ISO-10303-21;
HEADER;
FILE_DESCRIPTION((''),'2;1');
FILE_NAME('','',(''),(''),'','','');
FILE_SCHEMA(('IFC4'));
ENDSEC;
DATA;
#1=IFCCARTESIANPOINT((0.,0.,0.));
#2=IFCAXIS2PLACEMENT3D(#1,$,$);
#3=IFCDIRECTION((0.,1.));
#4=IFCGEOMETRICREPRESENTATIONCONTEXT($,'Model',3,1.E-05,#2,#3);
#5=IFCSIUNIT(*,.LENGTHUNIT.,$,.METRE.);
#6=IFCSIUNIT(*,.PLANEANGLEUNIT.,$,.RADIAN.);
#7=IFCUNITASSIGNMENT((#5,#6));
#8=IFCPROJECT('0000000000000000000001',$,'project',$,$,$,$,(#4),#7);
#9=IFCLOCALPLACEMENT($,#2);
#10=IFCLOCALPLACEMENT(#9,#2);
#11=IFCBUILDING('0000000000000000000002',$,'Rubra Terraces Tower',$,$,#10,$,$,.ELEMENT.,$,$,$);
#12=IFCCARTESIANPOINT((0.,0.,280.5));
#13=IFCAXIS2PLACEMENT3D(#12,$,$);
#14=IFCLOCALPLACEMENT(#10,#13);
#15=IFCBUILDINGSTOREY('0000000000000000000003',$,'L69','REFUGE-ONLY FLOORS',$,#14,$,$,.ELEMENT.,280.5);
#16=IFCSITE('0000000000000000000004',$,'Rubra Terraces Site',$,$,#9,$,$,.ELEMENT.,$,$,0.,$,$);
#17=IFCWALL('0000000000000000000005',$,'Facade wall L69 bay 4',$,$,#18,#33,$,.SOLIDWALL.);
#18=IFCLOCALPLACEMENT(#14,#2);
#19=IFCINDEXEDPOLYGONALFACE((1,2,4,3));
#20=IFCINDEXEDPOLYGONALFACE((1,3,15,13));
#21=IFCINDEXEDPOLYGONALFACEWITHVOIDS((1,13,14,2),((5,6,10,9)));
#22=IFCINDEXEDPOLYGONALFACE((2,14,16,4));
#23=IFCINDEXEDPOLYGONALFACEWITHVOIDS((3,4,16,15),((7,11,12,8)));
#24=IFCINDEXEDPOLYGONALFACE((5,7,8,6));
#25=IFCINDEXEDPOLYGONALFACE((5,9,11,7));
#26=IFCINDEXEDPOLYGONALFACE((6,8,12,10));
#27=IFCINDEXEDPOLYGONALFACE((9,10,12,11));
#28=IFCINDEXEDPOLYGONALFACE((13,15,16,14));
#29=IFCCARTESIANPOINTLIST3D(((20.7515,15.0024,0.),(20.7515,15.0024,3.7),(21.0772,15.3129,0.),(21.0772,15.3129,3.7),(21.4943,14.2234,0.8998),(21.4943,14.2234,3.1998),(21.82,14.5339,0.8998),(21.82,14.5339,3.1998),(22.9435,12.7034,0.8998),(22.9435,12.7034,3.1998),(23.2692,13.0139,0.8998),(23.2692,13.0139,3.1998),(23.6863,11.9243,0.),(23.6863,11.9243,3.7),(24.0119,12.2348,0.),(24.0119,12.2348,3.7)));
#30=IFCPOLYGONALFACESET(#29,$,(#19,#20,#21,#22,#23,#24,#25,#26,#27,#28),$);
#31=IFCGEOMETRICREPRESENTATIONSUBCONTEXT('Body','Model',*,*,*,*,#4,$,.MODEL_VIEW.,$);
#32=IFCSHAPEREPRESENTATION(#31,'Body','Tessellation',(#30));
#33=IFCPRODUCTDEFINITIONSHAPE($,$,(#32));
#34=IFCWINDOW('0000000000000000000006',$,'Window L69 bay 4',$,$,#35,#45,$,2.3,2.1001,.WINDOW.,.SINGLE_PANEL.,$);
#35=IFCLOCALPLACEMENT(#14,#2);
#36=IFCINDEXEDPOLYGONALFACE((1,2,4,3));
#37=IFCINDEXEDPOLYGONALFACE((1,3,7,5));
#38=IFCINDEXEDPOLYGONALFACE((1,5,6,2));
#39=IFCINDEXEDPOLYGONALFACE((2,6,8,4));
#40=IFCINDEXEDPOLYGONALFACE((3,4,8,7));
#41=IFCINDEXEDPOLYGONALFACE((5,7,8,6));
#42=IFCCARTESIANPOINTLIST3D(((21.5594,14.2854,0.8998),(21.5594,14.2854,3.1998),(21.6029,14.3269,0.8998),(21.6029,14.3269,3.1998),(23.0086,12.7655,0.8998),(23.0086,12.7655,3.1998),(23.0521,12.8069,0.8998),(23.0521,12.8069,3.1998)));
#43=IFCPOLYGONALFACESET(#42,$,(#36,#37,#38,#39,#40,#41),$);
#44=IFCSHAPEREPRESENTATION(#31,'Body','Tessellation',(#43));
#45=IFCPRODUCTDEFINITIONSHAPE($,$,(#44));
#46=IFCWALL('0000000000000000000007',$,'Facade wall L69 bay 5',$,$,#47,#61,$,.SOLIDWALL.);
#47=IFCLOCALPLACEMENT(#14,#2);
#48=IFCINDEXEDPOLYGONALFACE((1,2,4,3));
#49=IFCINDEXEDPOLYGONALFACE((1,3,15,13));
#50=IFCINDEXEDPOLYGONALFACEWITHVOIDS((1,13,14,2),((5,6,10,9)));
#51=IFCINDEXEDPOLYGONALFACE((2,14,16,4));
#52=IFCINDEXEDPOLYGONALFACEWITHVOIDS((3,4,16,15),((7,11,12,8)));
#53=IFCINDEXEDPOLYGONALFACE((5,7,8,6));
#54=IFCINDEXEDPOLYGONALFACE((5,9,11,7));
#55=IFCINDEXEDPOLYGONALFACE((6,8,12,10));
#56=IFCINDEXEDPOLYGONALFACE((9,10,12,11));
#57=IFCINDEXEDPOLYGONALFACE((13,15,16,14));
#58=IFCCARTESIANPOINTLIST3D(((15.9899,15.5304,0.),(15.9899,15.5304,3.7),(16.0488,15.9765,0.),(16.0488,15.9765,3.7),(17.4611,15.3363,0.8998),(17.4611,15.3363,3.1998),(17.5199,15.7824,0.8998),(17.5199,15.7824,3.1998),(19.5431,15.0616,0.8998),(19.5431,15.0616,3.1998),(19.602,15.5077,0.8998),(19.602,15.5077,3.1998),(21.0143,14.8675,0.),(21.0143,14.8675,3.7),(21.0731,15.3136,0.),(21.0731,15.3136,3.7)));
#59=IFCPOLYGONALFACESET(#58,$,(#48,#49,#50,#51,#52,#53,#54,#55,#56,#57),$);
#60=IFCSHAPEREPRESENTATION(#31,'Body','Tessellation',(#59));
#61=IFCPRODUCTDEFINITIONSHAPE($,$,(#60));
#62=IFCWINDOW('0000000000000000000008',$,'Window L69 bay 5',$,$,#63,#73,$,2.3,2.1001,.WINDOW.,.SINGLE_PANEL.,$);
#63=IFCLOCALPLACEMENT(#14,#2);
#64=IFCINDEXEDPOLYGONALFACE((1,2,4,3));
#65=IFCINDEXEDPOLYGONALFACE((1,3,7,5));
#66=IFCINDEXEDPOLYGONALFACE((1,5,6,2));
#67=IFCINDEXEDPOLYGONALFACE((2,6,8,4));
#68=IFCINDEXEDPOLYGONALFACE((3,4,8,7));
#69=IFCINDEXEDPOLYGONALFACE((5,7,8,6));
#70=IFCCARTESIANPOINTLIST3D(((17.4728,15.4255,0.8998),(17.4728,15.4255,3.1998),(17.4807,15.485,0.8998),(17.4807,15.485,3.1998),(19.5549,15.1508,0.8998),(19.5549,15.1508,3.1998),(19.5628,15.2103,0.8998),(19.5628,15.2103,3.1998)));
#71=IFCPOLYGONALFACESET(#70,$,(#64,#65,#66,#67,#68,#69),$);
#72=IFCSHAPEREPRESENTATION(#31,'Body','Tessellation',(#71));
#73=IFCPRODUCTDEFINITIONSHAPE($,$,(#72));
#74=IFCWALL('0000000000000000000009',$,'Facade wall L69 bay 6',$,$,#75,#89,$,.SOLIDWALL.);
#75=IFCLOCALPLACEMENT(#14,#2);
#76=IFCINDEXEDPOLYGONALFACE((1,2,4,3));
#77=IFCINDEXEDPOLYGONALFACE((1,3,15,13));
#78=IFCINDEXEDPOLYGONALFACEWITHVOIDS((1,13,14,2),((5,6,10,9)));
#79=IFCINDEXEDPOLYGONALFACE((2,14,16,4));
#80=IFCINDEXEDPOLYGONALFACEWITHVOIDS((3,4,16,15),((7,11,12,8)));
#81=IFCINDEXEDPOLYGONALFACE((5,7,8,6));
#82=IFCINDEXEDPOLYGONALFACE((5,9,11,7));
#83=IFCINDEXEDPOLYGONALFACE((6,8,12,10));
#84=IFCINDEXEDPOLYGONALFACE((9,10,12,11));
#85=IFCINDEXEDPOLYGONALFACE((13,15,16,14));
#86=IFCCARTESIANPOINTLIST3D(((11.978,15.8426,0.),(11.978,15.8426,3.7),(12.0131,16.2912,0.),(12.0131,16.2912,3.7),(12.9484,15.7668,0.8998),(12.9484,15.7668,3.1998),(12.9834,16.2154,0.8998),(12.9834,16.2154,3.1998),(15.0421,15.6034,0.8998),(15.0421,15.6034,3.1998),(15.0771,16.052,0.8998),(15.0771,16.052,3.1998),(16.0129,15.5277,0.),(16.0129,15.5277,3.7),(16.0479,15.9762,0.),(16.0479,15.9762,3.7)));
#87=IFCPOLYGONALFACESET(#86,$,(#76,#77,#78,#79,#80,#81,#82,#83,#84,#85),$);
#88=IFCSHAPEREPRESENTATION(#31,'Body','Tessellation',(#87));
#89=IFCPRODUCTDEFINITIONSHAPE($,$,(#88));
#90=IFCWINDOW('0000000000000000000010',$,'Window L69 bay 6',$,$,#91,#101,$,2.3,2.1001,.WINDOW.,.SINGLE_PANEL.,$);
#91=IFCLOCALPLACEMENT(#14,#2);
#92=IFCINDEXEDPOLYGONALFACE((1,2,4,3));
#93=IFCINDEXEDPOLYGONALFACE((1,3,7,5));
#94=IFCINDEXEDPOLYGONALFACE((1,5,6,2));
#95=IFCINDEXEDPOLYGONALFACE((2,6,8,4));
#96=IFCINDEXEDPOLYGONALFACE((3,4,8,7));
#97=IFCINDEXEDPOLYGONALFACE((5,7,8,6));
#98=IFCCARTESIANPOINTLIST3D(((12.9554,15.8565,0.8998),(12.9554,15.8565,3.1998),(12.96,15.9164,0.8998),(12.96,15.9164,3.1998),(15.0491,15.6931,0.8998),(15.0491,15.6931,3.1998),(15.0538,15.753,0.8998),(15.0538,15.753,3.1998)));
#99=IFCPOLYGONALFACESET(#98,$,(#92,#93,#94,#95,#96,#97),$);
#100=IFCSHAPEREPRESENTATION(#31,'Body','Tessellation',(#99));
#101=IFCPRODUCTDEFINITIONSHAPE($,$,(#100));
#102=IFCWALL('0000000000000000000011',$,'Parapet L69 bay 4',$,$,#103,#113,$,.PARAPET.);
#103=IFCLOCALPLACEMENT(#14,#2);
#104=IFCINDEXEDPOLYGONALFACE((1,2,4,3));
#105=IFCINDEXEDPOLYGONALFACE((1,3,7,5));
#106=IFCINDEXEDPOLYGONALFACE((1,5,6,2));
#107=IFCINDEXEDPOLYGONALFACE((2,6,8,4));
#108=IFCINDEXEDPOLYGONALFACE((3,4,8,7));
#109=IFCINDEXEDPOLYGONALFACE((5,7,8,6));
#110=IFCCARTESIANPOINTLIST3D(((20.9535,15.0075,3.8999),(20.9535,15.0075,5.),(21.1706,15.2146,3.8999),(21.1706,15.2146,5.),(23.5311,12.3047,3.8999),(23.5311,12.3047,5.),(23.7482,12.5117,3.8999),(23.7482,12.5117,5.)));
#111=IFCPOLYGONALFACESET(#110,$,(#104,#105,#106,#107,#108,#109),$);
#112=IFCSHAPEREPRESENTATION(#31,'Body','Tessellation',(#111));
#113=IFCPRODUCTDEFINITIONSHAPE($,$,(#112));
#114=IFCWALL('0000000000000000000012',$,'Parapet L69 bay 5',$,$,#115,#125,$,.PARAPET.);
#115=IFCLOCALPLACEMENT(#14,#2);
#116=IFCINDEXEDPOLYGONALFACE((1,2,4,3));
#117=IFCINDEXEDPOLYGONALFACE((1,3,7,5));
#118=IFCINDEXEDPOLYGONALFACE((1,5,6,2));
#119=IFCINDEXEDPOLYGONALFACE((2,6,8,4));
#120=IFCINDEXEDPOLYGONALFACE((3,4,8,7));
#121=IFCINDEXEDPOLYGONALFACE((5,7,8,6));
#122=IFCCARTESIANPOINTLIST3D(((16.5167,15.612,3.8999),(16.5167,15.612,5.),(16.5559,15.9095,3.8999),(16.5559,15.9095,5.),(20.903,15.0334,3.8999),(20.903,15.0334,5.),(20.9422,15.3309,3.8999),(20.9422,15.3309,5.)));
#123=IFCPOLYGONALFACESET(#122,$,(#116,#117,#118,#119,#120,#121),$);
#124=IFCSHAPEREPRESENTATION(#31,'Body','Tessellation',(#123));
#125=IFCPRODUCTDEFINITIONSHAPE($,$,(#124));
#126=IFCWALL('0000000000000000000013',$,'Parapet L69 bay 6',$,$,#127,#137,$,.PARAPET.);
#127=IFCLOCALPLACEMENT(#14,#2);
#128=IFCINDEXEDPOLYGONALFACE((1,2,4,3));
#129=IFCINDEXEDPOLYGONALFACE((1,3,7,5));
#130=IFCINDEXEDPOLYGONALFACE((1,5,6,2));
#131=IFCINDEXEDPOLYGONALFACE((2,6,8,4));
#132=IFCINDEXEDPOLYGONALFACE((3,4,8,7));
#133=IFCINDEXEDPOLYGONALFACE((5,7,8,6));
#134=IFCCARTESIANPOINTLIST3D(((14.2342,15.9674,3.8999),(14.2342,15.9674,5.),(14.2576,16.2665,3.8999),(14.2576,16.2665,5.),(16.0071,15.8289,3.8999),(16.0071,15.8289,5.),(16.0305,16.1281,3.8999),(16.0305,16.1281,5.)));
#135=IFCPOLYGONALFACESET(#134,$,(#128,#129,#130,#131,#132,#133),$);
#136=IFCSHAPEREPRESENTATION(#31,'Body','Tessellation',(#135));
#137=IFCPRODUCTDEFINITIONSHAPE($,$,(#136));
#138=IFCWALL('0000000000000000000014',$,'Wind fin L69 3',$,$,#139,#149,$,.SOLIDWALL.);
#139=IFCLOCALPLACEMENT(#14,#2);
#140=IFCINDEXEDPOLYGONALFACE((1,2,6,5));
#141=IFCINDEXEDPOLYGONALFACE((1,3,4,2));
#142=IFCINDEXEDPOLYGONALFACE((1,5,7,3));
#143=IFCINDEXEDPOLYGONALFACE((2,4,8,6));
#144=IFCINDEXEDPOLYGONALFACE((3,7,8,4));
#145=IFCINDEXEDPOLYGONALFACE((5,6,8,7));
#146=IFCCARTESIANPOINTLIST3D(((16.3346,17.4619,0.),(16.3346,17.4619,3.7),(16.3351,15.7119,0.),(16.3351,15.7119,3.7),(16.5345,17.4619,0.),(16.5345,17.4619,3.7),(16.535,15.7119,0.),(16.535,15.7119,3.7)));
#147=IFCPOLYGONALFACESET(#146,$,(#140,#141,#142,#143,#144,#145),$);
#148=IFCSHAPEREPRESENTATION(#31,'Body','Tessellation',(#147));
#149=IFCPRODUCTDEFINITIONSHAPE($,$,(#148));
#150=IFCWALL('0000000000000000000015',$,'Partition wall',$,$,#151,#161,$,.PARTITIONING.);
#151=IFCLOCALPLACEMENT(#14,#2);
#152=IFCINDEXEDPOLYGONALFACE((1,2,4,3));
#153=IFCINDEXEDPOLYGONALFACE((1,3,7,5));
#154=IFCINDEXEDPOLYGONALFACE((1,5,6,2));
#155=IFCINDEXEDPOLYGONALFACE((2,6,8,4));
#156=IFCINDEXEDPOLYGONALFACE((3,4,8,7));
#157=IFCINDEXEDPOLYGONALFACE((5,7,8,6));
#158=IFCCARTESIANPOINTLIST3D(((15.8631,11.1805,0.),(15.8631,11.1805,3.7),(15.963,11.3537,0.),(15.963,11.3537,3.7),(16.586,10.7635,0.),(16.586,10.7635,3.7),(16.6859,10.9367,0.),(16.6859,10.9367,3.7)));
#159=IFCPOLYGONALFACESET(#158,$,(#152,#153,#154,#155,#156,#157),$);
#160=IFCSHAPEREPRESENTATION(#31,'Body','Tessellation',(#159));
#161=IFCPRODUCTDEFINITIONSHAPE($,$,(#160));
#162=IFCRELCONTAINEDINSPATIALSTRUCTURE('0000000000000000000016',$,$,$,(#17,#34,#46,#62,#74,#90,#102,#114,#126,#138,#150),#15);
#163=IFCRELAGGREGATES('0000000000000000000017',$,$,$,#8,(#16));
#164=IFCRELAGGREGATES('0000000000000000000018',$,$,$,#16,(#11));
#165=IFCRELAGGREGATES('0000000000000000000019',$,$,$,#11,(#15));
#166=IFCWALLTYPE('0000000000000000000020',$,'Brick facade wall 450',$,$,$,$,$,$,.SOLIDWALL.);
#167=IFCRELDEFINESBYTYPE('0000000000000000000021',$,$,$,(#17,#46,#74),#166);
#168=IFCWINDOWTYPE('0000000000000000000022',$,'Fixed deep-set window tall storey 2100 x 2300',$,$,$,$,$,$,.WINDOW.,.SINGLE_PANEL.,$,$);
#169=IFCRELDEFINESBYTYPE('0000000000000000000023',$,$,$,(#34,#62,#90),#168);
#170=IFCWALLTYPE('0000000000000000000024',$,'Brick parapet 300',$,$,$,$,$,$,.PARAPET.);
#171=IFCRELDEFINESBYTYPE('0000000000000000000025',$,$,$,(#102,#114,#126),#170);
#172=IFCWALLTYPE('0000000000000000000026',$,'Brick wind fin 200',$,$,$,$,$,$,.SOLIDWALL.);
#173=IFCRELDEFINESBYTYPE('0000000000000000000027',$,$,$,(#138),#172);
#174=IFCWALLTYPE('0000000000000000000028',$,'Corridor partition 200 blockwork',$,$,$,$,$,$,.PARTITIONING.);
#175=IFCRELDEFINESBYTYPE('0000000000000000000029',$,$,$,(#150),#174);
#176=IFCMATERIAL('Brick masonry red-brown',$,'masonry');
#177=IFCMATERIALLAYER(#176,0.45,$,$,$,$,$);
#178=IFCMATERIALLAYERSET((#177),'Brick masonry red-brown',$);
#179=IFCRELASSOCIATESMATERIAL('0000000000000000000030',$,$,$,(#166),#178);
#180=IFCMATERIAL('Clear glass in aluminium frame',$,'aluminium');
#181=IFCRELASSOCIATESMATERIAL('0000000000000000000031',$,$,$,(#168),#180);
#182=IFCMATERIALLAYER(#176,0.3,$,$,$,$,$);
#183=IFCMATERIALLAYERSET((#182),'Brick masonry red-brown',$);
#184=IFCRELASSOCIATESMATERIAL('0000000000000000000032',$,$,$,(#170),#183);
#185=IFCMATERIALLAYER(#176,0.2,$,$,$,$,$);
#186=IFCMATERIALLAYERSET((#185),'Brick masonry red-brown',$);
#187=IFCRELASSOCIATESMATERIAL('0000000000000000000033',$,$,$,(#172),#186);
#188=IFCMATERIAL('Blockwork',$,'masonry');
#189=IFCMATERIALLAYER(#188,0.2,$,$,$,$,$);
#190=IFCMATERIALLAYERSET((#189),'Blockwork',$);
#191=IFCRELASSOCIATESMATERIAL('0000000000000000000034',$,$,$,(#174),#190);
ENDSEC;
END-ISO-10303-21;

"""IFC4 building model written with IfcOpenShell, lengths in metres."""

from ifc_helpers import new_model, si_unit, direction, frame, frame_2d, origin, place, context, subcontext, project, spatial, rectangle, extrude, material, layer, layer_set, type_object, element, fill, save


model = new_model("IFC4")

# Units and contexts
model_context = context("Model", 3, precision=1e-05, world=origin(), true_north=direction((0.0, 1.0)))
body_context = subcontext(model_context, "Body", "Model", "MODEL_VIEW")
ifc_project = project(units=[si_unit("LENGTHUNIT", "METRE"), si_unit("PLANEANGLEUNIT", "RADIAN")], contexts=[model_context])

# Site, building, storey
site_placement = place(None, origin())
site = spatial("IfcSite", under=ifc_project, at=site_placement, Name="Rubra Terraces Site", CompositionType="ELEMENT", RefElevation=0.0)
building_placement = place(site_placement, origin())
building = spatial("IfcBuilding", under=site, at=building_placement, Name="Rubra Terraces Tower", CompositionType="ELEMENT")
storey_placement = place(building_placement, frame((0.0, 0.0, 280.5)))
storey = spatial("IfcBuildingStorey", under=building, at=storey_placement, Name="L69", Description="REFUGE-ONLY FLOORS", CompositionType="ELEMENT", Elevation=280.5)

# Walls, openings, windows
ifc_material_1 = material(Name="Brick masonry red-brown", Category="masonry")
ifc_layer_1 = layer(ifc_material_1, 0.45)
ifc_layer_set_1 = layer_set([ifc_layer_1], Name="Brick masonry red-brown")
wall_type_1 = type_object("IfcWallType", Name="Brick facade wall 450", PredefinedType="SOLIDWALL", material=ifc_layer_set_1)
wall_1_placement = place(storey_placement, frame((23.8491, 12.0796, 0.0), z_axis=(0.0, 0.0, 1.0), x_axis=(-0.690058, 0.723754, 0.0)))
wall_1 = element("IfcWall", 1, at=wall_1_placement, inside=storey, type_object=wall_type_1, Name="Facade wall L69 bay 4", PredefinedType="SOLIDWALL", context=body_context, shape_type="SweptSolid", body=[
    extrude(rectangle(XDim=4.2529, YDim=0.45, at=frame_2d((2.1265, 0.0))), origin(), (0.0, 0.0, 1.0), 3.7),
])
opening_1_placement = place(wall_1_placement, frame((1.0764, 0.0, 0.8999)))
opening_1 = element("IfcOpeningElement", 2, at=opening_1_placement, cuts=wall_1, PredefinedType="OPENING", context=body_context, shape_type="SweptSolid", body=[
    extrude(rectangle(XDim=2.1001, YDim=2.3, at=frame_2d((1.05, 1.1499))), frame((0.0, 0.2349, 0.0), z_axis=(0.0, -1.0, 0.0), x_axis=(1.0, 0.0, 0.0)), (0.0, 0.0, 1.0), 0.47),
])
ifc_material_2 = material(Name="Clear glass in aluminium frame", Category="aluminium")
window_type = type_object("IfcWindowType", Name="Fixed deep-set window tall storey 2100 x 2300", PartitioningType="SINGLE_PANEL", PredefinedType="WINDOW", material=ifc_material_2)
window_1_placement = place(opening_1_placement, origin())
window_1 = element("IfcWindow", 3, at=window_1_placement, inside=storey, type_object=window_type, Name="Window L69 bay 4", OverallHeight=2.3, OverallWidth=2.1001, PartitioningType="SINGLE_PANEL", PredefinedType="WINDOW", context=body_context, shape_type="SweptSolid", body=[
    extrude(rectangle(XDim=2.1001, YDim=2.3, at=frame_2d((1.05, 1.1499))), frame((0.0, 0.135, 0.0), z_axis=(0.0, -1.0, 0.0), x_axis=(1.0, 0.0, 0.0)), (0.0, 0.0, 1.0), 0.0601),
])
fill(opening_1, window_1)
wall_2_placement = place(storey_placement, frame((21.0437, 15.0906, 0.0), z_axis=(0.0, 0.0, 1.0), x_axis=(-0.99141, 0.130791, 0.0)))
wall_2 = element("IfcWall", 4, at=wall_2_placement, inside=storey, type_object=wall_type_1, Name="Facade wall L69 bay 5", PredefinedType="SOLIDWALL", context=body_context, shape_type="SweptSolid", body=[
    extrude(rectangle(XDim=5.0679, YDim=0.45, at=frame_2d((2.5339, 0.0))), origin(), (0.0, 0.0, 1.0), 3.7),
])
opening_2_placement = place(wall_2_placement, frame((1.4839, 0.0, 0.8999)))
opening_2 = element("IfcOpeningElement", 5, at=opening_2_placement, cuts=wall_2, PredefinedType="OPENING", context=body_context, shape_type="SweptSolid", body=[
    extrude(rectangle(XDim=2.1001, YDim=2.3, at=frame_2d((1.05, 1.1499))), frame((0.0, 0.2349, 0.0), z_axis=(0.0, -1.0, 0.0), x_axis=(1.0, 0.0, 0.0)), (0.0, 0.0, 1.0), 0.47),
])
window_2_placement = place(opening_2_placement, origin())
window_2 = element("IfcWindow", 6, at=window_2_placement, inside=storey, type_object=window_type, Name="Window L69 bay 5", OverallHeight=2.3, OverallWidth=2.1001, PartitioningType="SINGLE_PANEL", PredefinedType="WINDOW", context=body_context, shape_type="SweptSolid", body=[
    extrude(rectangle(XDim=2.1001, YDim=2.3, at=frame_2d((1.05, 1.1499))), frame((0.0, 0.135, 0.0), z_axis=(0.0, -1.0, 0.0), x_axis=(1.0, 0.0, 0.0)), (0.0, 0.0, 1.0), 0.0601),
])
fill(opening_2, window_2)
wall_3_placement = place(storey_placement, frame((16.0303, 15.752, 0.0), z_axis=(0.0, 0.0, 1.0), x_axis=(-0.996968, 0.077817, 0.0)))
wall_3 = element("IfcWall", 7, at=wall_3_placement, inside=storey, type_object=wall_type_1, Name="Facade wall L69 bay 6", PredefinedType="SOLIDWALL", context=body_context, shape_type="SweptSolid", body=[
    extrude(rectangle(XDim=4.0471, YDim=0.45, at=frame_2d((2.0234, 0.0))), origin(), (0.0, 0.0, 1.0), 3.7),
])
opening_3_placement = place(wall_3_placement, frame((0.9736, 0.0, 0.8999)))
opening_3 = element("IfcOpeningElement", 8, at=opening_3_placement, cuts=wall_3, PredefinedType="OPENING", context=body_context, shape_type="SweptSolid", body=[
    extrude(rectangle(XDim=2.1001, YDim=2.3, at=frame_2d((1.05, 1.1499))), frame((0.0, 0.2349, 0.0), z_axis=(0.0, -1.0, 0.0), x_axis=(1.0, 0.0, 0.0)), (0.0, 0.0, 1.0), 0.47),
])
window_3_placement = place(opening_3_placement, origin())
window_3 = element("IfcWindow", 9, at=window_3_placement, inside=storey, type_object=window_type, Name="Window L69 bay 6", OverallHeight=2.3, OverallWidth=2.1001, PartitioningType="SINGLE_PANEL", PredefinedType="WINDOW", context=body_context, shape_type="SweptSolid", body=[
    extrude(rectangle(XDim=2.1001, YDim=2.3, at=frame_2d((1.05, 1.1499))), frame((0.0, 0.135, 0.0), z_axis=(0.0, -1.0, 0.0), x_axis=(1.0, 0.0, 0.0)), (0.0, 0.0, 1.0), 0.0601),
])
fill(opening_3, window_3)

# Walls
ifc_layer_2 = layer(ifc_material_1, 0.3)
ifc_layer_set_2 = layer_set([ifc_layer_2], Name="Brick masonry red-brown")
wall_type_2 = type_object("IfcWallType", Name="Brick parapet 300", PredefinedType="PARAPET", material=ifc_layer_set_2)
wall_4_placement = place(storey_placement, frame((23.6396, 12.4082, 3.8999), z_axis=(0.0, 0.0, 1.0), x_axis=(-0.690141, 0.723675, 0.0)))
element("IfcWall", 10, at=wall_4_placement, inside=storey, type_object=wall_type_2, Name="Parapet L69 bay 4", PredefinedType="PARAPET", context=body_context, shape_type="SweptSolid", body=[
    extrude(rectangle(XDim=3.7349, YDim=0.3, at=frame_2d((1.8674, 0.0))), origin(), (0.0, 0.0, 1.0), 1.1001),
])
wall_5_placement = place(storey_placement, frame((20.9226, 15.1821, 3.8999), z_axis=(0.0, 0.0, 1.0), x_axis=(-0.991411, 0.130783, 0.0)))
element("IfcWall", 11, at=wall_5_placement, inside=storey, type_object=wall_type_2, Name="Parapet L69 bay 5", PredefinedType="PARAPET", context=body_context, shape_type="SweptSolid", body=[
    extrude(rectangle(XDim=4.4243, YDim=0.3, at=frame_2d((2.2122, 0.0))), origin(), (0.0, 0.0, 1.0), 1.1001),
])
wall_6_placement = place(storey_placement, frame((16.0188, 15.9785, 3.8999), z_axis=(0.0, 0.0, 1.0), x_axis=(-0.996966, 0.077841, 0.0)))
element("IfcWall", 12, at=wall_6_placement, inside=storey, type_object=wall_type_2, Name="Parapet L69 bay 6", PredefinedType="PARAPET", context=body_context, shape_type="SweptSolid", body=[
    extrude(rectangle(XDim=1.7783, YDim=0.3, at=frame_2d((0.8892, 0.0))), origin(), (0.0, 0.0, 1.0), 1.1001),
])
ifc_layer_3 = layer(ifc_material_1, 0.2)
ifc_layer_set_3 = layer_set([ifc_layer_3], Name="Brick masonry red-brown")
wall_type_3 = type_object("IfcWallType", Name="Brick wind fin 200", PredefinedType="SOLIDWALL", material=ifc_layer_set_3)
wall_7_placement = place(storey_placement, frame((16.4351, 15.7119, 0.0), z_axis=(0.0, 0.0, 1.0), x_axis=(-0.000279, 1.0, 0.0)))
element("IfcWall", 13, at=wall_7_placement, inside=storey, type_object=wall_type_3, Name="Wind fin L69 3", PredefinedType="SOLIDWALL", context=body_context, shape_type="SweptSolid", body=[
    extrude(rectangle(XDim=1.75, YDim=0.2, at=frame_2d((0.875, 0.0))), origin(), (0.0, 0.0, 1.0), 3.7),
])
ifc_material_3 = material(Name="Blockwork", Category="masonry")
ifc_layer_4 = layer(ifc_material_3, 0.2)
ifc_layer_set_4 = layer_set([ifc_layer_4], Name="Blockwork")
wall_type_4 = type_object("IfcWallType", Name="Corridor partition 200 blockwork", PredefinedType="PARTITIONING", material=ifc_layer_set_4)
wall_8_placement = place(storey_placement, frame((15.9131, 11.2671, 0.0), z_axis=(0.0, 0.0, 1.0), x_axis=(0.86622, -0.499663, 0.0)))
element("IfcWall", 14, at=wall_8_placement, inside=storey, type_object=wall_type_4, Name="Partition wall", PredefinedType="PARTITIONING", context=body_context, shape_type="SweptSolid", body=[
    extrude(rectangle(XDim=0.8345, YDim=0.2, at=frame_2d((0.4172, 0.0))), origin(), (0.0, 0.0, 1.0), 3.7),
])

save(model, "model.ifc")
